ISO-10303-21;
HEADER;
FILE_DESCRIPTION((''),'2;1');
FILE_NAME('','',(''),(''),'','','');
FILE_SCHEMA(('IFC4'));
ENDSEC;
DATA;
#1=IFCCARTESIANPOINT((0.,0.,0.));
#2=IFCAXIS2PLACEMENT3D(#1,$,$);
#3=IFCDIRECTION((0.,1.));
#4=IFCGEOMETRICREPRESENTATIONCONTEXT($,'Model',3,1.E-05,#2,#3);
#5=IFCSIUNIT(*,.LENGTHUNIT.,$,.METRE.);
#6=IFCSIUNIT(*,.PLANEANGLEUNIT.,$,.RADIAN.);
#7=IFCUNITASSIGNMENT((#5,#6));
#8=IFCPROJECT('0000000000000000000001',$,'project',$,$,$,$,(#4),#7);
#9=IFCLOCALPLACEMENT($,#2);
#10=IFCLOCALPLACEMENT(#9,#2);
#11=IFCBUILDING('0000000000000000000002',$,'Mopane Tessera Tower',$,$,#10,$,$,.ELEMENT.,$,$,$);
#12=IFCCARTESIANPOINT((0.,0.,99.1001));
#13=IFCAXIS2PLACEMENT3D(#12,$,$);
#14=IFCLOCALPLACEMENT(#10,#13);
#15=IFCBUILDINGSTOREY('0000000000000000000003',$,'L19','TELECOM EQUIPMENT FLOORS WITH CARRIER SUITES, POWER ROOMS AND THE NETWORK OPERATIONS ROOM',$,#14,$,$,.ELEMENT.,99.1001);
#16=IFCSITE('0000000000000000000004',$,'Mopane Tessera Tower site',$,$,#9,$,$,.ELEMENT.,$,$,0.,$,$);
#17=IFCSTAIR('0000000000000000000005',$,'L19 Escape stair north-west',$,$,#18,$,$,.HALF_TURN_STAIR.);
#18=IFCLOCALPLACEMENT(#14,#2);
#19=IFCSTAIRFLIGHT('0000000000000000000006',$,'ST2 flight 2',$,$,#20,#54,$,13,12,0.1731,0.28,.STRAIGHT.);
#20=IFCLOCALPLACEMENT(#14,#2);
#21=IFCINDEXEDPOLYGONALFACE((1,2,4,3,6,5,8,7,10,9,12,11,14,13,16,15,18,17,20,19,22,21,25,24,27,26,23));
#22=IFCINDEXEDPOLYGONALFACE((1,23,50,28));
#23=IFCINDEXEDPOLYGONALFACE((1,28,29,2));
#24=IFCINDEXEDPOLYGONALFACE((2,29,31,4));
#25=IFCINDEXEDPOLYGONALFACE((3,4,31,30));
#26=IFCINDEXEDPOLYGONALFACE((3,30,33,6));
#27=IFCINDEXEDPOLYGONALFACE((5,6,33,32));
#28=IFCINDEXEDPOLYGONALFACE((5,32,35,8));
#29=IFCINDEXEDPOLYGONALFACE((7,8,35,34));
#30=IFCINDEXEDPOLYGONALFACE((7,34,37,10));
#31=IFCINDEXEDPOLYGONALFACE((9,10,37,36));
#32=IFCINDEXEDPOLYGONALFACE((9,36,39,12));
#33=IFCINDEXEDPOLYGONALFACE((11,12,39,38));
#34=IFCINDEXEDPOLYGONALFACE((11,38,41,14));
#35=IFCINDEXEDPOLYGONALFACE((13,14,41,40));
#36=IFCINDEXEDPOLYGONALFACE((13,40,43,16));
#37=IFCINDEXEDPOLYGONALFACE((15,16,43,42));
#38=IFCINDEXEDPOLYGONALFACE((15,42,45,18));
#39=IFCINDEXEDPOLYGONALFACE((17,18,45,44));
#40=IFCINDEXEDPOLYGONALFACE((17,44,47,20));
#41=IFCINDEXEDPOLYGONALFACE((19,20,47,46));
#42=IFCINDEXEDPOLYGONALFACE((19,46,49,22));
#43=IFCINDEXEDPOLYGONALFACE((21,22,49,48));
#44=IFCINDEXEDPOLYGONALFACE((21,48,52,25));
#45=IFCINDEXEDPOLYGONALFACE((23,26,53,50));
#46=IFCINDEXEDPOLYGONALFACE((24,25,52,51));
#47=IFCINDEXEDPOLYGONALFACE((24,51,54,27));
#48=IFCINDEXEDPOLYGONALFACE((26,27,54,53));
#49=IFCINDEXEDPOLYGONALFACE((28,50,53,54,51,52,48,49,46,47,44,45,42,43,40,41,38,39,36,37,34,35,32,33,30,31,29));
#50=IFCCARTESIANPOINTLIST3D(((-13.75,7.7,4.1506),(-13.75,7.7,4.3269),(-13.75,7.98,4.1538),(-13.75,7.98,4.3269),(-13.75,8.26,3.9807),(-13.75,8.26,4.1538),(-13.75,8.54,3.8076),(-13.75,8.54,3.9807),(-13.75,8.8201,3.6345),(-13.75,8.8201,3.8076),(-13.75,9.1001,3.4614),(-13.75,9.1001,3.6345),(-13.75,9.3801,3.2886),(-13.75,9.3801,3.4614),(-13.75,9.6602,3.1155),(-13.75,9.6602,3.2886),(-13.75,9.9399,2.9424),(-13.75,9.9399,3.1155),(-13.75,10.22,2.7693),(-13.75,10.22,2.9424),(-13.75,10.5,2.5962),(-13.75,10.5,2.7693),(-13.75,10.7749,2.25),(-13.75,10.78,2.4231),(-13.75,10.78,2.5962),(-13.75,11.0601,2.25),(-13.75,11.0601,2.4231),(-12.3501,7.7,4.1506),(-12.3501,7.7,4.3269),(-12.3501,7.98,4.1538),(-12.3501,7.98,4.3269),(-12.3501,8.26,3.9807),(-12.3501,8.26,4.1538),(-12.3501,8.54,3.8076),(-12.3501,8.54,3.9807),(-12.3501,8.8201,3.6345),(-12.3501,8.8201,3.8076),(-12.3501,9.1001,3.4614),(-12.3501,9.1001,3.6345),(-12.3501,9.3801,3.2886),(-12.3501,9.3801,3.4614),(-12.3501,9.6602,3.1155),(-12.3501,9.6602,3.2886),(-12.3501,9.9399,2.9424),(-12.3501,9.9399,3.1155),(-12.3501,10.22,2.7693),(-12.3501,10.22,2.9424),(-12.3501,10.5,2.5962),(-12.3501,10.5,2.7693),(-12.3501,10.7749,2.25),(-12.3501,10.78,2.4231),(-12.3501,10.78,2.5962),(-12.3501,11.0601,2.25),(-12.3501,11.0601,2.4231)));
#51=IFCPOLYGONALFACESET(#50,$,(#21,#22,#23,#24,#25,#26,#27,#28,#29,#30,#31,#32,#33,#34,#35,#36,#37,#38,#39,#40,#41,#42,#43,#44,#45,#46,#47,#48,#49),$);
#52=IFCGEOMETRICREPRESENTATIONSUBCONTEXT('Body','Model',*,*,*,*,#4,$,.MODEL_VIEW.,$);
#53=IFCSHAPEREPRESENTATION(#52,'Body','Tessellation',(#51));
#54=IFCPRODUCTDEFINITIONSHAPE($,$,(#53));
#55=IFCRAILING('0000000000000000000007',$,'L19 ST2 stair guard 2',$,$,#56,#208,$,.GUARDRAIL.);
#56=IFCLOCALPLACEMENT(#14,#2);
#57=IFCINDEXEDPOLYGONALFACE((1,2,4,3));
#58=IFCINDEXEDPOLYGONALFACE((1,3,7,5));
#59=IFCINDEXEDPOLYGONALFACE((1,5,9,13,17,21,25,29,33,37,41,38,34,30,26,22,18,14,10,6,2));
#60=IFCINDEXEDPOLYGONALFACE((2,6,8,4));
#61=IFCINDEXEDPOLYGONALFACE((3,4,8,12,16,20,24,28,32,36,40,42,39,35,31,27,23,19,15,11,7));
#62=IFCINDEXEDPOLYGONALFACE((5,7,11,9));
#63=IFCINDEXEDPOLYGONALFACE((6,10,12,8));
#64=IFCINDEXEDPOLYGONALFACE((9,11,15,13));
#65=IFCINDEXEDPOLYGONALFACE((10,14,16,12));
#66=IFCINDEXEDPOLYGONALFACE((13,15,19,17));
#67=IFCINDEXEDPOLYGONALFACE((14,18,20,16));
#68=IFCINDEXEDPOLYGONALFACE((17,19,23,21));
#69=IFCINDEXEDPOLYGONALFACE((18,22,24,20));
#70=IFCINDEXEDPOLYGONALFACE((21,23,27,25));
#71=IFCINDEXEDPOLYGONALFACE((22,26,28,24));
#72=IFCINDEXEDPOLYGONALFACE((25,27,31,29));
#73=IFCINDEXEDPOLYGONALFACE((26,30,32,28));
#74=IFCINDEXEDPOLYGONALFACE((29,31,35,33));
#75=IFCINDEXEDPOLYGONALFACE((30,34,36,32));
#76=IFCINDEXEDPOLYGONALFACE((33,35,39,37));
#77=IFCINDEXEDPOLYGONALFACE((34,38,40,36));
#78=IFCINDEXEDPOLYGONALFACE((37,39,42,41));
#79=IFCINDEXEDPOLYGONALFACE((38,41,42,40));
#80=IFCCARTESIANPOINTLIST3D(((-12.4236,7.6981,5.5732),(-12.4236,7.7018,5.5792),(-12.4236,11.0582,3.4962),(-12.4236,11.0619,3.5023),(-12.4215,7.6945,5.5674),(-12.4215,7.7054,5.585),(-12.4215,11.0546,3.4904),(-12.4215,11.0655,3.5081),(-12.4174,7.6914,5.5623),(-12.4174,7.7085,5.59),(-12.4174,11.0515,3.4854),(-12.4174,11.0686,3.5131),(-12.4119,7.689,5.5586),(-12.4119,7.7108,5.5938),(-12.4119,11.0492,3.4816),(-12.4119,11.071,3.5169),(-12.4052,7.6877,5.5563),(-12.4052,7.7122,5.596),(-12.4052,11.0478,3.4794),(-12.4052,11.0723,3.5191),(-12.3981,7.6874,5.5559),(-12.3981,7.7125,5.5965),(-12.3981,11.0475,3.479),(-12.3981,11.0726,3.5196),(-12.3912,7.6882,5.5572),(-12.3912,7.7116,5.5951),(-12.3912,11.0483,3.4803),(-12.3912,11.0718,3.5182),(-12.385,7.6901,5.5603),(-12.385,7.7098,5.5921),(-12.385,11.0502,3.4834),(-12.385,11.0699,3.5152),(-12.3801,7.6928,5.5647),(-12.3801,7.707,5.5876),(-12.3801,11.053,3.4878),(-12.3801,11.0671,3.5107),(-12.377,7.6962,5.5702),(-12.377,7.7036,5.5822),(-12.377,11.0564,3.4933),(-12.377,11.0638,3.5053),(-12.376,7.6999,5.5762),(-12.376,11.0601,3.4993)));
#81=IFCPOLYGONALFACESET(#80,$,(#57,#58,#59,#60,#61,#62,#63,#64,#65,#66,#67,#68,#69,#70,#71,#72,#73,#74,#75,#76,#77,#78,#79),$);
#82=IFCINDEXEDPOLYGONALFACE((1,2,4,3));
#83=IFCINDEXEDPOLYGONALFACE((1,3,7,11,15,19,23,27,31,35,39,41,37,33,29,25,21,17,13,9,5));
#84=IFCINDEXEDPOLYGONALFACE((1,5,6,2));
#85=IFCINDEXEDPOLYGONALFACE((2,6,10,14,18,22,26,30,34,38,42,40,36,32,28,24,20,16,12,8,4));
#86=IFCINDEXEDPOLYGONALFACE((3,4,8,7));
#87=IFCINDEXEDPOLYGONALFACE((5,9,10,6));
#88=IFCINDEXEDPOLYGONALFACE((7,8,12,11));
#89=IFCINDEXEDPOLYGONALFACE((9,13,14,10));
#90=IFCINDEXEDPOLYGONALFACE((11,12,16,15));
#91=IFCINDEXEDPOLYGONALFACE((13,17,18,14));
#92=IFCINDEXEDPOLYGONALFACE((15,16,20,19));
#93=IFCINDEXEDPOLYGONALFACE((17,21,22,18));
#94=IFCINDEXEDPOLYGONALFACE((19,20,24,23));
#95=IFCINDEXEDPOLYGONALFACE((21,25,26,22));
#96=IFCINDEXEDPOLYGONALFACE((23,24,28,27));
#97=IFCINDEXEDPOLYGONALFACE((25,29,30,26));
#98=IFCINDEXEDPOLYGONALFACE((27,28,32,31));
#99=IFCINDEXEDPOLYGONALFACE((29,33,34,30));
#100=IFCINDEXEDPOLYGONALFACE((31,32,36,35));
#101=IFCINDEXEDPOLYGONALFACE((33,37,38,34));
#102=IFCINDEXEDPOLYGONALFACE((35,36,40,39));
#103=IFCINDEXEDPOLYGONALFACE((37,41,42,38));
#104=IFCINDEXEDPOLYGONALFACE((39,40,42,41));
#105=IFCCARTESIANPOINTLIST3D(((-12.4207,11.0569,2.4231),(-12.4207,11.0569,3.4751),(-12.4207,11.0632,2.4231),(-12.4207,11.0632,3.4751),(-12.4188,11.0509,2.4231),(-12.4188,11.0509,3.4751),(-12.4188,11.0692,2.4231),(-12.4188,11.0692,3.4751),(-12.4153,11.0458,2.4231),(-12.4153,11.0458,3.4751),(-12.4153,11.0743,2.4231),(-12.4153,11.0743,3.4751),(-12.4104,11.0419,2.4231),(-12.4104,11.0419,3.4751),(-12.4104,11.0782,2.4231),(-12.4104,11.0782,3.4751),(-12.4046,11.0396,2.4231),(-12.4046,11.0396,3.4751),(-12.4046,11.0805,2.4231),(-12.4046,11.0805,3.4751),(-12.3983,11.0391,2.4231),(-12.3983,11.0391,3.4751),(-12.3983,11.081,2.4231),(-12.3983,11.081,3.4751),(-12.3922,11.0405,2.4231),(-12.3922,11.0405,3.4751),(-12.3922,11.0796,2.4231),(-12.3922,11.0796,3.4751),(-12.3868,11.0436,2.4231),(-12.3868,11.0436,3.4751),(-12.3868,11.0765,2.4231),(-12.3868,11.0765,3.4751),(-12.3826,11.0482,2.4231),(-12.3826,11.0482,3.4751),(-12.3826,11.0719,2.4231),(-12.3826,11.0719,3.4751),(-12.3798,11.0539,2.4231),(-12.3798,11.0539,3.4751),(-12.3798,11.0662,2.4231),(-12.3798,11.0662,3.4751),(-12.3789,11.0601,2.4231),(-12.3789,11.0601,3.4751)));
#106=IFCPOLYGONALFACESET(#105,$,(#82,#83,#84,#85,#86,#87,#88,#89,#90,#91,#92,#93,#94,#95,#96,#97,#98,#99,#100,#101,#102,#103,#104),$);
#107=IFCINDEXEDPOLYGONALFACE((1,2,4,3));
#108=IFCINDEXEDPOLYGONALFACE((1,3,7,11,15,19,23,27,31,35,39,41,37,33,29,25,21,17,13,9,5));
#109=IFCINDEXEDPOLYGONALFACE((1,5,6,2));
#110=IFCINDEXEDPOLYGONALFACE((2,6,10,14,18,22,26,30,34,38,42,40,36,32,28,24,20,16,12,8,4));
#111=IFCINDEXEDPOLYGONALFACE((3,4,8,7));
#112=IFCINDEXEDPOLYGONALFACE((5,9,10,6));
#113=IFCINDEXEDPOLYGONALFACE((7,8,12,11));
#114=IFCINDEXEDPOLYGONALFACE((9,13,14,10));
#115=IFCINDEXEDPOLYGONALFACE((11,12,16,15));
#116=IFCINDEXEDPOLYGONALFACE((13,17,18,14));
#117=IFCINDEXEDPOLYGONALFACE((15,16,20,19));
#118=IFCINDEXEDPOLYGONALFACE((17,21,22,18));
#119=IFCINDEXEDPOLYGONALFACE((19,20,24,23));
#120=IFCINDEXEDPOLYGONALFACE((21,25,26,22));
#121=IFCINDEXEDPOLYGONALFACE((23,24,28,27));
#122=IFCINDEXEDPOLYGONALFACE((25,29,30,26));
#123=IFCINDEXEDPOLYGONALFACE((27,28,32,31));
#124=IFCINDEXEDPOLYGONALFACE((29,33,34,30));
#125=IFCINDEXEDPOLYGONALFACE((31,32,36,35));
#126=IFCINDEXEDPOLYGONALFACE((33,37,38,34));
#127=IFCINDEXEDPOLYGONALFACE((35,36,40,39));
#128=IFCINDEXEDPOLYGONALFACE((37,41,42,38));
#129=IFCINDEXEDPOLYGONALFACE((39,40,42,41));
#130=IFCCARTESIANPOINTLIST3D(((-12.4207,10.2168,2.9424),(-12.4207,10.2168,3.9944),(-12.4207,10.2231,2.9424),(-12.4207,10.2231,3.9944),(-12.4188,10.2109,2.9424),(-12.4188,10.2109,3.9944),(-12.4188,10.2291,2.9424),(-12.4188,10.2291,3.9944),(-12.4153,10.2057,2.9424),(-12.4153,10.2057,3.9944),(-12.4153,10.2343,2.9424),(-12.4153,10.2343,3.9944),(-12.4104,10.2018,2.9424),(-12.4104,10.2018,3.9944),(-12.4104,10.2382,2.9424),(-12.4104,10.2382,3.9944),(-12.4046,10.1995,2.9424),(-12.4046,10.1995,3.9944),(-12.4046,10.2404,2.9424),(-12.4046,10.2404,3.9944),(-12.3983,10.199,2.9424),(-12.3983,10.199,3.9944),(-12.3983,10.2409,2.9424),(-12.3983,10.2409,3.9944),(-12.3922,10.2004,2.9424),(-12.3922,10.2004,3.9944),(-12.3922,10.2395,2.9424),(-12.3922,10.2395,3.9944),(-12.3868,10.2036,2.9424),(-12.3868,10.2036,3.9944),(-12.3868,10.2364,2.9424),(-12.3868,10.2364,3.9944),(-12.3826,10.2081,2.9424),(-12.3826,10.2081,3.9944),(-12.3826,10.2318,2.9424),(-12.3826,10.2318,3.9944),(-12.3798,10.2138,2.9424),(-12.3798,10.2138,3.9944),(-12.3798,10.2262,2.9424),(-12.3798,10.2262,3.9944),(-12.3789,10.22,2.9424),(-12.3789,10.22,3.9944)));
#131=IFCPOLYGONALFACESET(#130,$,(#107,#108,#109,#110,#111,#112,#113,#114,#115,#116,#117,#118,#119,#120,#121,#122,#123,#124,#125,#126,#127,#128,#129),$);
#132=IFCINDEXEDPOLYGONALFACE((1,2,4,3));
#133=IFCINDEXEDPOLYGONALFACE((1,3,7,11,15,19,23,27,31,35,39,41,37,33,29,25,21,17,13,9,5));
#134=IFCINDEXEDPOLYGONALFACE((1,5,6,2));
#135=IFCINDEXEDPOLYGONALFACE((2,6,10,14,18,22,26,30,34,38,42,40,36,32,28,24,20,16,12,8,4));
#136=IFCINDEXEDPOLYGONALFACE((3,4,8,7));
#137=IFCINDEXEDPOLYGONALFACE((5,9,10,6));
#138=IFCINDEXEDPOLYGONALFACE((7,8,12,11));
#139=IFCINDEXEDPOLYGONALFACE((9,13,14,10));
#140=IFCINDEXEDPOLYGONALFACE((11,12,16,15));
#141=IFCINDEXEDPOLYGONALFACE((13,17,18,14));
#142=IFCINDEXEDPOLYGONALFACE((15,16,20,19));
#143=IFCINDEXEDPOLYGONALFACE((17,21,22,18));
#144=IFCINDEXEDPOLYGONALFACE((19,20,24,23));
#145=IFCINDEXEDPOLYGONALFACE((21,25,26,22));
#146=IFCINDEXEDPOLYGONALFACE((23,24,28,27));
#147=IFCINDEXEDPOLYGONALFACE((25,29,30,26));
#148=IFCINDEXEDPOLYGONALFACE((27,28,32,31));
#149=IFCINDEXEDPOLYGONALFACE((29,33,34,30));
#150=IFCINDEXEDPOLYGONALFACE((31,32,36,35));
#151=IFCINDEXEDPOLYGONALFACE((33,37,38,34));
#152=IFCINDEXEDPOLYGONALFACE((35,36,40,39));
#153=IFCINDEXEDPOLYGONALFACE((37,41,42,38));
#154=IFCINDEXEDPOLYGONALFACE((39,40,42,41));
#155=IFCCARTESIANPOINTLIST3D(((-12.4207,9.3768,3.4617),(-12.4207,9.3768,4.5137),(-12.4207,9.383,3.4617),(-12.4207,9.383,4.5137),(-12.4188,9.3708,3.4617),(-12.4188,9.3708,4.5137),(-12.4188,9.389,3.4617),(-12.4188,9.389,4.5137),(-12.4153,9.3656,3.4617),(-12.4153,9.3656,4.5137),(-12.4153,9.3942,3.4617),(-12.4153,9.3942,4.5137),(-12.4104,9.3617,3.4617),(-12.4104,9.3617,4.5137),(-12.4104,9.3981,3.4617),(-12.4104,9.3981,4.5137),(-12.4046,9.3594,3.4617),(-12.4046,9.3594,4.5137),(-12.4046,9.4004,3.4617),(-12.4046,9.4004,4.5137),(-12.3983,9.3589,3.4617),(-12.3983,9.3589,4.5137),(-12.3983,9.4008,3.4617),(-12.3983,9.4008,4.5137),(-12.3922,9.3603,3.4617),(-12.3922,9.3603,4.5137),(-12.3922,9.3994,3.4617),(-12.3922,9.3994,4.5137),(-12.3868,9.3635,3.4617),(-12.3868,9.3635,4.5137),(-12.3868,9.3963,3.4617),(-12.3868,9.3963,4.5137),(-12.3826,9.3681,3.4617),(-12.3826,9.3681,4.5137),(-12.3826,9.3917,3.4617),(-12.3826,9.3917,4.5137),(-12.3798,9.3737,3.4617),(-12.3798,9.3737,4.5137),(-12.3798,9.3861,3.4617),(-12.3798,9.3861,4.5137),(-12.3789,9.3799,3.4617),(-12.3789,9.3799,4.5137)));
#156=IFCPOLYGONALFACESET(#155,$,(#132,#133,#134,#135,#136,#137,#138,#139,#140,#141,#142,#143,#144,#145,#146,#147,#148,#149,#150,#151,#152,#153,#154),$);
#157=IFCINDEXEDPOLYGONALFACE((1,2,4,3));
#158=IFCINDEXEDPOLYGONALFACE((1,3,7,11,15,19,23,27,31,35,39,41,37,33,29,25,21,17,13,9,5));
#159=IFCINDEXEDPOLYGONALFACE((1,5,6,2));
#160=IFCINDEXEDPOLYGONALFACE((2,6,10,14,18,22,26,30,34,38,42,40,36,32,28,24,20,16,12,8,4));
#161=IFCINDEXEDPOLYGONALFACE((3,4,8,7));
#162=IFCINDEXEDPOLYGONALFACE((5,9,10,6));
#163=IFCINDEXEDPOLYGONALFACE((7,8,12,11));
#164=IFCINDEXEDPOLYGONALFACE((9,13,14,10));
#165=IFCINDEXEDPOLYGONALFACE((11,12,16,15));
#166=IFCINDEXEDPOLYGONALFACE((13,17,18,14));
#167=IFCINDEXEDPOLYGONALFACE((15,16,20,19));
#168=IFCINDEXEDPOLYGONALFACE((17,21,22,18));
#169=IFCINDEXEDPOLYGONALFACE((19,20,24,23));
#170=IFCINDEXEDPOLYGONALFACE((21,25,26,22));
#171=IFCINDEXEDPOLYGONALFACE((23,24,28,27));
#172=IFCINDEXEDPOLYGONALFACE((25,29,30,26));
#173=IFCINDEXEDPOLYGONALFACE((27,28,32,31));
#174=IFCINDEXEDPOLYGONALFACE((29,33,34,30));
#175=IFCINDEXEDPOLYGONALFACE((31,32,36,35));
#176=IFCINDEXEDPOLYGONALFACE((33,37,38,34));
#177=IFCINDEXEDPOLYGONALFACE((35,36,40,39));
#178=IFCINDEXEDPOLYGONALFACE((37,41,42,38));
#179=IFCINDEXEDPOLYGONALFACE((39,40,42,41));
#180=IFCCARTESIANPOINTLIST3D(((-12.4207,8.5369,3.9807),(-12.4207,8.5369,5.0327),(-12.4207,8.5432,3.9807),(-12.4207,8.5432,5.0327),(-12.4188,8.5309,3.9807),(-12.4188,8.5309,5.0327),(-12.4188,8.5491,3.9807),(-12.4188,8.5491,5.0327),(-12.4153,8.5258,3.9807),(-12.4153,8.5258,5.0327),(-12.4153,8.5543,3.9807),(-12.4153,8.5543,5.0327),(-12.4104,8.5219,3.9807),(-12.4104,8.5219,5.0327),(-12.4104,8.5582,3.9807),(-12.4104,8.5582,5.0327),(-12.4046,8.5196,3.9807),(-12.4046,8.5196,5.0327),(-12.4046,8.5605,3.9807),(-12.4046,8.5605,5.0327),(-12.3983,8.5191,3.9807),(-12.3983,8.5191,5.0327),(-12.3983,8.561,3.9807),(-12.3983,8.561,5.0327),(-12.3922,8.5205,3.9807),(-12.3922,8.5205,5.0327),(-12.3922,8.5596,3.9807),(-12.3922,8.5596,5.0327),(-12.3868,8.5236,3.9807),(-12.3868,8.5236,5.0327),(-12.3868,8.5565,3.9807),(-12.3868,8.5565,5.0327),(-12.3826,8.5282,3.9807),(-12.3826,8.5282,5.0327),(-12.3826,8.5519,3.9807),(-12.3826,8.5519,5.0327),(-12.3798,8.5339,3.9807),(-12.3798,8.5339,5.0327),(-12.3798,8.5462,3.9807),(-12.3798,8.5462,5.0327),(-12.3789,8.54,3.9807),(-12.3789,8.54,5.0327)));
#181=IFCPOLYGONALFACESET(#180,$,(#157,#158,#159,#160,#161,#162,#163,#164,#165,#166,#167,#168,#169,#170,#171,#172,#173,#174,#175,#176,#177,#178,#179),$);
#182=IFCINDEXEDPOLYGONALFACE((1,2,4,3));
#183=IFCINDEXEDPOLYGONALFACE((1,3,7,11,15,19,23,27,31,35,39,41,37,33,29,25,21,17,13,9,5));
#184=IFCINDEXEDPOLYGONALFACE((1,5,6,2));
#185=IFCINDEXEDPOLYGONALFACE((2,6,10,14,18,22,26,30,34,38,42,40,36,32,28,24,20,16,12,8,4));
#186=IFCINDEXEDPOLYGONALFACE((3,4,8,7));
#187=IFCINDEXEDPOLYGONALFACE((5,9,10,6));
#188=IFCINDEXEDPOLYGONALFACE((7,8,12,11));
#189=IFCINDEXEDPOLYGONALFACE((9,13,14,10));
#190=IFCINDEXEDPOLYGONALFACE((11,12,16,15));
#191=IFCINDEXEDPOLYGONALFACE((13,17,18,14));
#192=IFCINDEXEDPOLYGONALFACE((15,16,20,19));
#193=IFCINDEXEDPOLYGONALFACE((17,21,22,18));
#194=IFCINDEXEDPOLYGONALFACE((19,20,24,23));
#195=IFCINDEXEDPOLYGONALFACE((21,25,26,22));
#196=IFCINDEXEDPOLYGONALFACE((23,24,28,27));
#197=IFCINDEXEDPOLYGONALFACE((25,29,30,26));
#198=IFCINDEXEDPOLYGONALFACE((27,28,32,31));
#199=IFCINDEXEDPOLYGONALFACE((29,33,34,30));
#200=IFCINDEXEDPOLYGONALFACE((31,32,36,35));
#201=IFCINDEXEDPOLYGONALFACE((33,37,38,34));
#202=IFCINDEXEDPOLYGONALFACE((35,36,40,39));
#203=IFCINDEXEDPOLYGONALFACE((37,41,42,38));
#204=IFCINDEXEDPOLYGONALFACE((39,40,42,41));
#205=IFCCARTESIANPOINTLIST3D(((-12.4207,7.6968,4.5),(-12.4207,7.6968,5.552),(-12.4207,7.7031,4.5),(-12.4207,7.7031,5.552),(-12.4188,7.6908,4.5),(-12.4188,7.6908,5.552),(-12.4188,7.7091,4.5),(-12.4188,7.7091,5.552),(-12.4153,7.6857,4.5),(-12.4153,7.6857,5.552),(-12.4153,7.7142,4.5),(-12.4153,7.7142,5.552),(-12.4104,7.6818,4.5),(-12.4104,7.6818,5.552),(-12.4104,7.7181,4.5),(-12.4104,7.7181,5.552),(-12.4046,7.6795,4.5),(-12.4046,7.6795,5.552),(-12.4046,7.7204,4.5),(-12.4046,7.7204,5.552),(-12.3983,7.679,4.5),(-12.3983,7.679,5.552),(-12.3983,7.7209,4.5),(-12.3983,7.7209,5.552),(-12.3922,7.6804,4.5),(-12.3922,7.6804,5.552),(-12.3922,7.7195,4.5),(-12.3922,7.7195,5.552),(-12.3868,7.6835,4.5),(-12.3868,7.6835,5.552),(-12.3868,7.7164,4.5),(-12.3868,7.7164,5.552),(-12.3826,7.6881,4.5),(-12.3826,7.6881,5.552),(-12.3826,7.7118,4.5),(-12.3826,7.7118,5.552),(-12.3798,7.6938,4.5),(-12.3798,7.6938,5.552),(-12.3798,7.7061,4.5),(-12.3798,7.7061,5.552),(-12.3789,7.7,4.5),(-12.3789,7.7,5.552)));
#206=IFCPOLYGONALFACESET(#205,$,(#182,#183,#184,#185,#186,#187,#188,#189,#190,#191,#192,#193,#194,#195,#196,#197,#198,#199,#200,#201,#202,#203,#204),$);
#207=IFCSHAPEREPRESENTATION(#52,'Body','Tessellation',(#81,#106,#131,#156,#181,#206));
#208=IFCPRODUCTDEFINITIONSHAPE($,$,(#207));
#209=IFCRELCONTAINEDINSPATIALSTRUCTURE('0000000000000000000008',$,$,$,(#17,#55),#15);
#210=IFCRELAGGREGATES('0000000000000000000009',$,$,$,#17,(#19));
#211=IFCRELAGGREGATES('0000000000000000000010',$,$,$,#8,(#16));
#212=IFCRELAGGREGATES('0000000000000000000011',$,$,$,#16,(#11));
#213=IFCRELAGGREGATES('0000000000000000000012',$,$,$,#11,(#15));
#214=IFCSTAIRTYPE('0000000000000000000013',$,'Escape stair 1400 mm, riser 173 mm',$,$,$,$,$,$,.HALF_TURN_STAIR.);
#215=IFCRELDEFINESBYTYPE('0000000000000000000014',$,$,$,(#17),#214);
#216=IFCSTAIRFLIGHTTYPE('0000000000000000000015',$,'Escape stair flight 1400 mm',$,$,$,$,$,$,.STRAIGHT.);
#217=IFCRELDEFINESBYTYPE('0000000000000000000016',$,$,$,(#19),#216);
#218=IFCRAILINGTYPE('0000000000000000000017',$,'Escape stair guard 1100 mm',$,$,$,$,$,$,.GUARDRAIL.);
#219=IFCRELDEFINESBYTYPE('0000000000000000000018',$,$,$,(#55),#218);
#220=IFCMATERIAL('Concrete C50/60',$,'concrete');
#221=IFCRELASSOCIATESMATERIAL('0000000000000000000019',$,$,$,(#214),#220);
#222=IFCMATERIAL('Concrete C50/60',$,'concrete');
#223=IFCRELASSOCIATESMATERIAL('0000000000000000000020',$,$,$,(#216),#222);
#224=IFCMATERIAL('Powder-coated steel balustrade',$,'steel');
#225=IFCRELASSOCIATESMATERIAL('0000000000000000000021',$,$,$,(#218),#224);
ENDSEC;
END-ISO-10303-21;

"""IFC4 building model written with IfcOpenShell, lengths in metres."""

from ifc_helpers import new_model, si_unit, direction, frame, origin, origin_2d, place, context, subcontext, project, spatial, polyline, circle, outline, extrude, material, type_object, element, aggregate, save


model = new_model("IFC4")

# Units and contexts
model_context = context("Model", 3, precision=1e-05, world=origin(), true_north=direction((0.0, 1.0)))
body_context = subcontext(model_context, "Body", "Model", "MODEL_VIEW")
ifc_project = project(units=[si_unit("LENGTHUNIT", "METRE"), si_unit("PLANEANGLEUNIT", "RADIAN")], contexts=[model_context])

# Site, building, storey
site_placement = place(None, origin())
site = spatial("IfcSite", under=ifc_project, at=site_placement, Name="Mopane Tessera Tower site", CompositionType="ELEMENT", RefElevation=0.0)
building_placement = place(site_placement, origin())
building = spatial("IfcBuilding", under=site, at=building_placement, Name="Mopane Tessera Tower", CompositionType="ELEMENT")
storey_placement = place(building_placement, frame((0.0, 0.0, 99.1001)))
storey = spatial("IfcBuildingStorey", under=building, at=storey_placement, Name="L19", Description="TELECOM EQUIPMENT FLOORS WITH CARRIER SUITES, POWER ROOMS AND THE NETWORK OPERATIONS ROOM", CompositionType="ELEMENT", Elevation=99.1001)

# Stair, stair flight
ifc_material_1 = material(Name="Concrete C50/60", Category="concrete")
stair_type = type_object("IfcStairType", Name="Escape stair 1400 mm, riser 173 mm", PredefinedType="HALF_TURN_STAIR", material=ifc_material_1)
stair_placement = place(storey_placement, origin())
stair = element("IfcStair", 1, at=stair_placement, inside=storey, type_object=stair_type, Name="L19 Escape stair north-west", PredefinedType="HALF_TURN_STAIR")
ifc_material_2 = material(Name="Concrete C50/60", Category="concrete")
stair_flight_type = type_object("IfcStairFlightType", Name="Escape stair flight 1400 mm", PredefinedType="STRAIGHT", material=ifc_material_2)
stair_flight_placement = place(storey_placement, frame((-13.05, 11.0601, 2.25), z_axis=(0.0, 0.0, 1.0), x_axis=(0.0, -1.0, 0.0)))
stair_flight = element("IfcStairFlight", 2, at=stair_flight_placement, type_object=stair_flight_type, Name="ST2 flight 2", NumberOfRisers=13, NumberOfTreads=12, PredefinedType="STRAIGHT", RiserHeight=0.1731, TreadLength=0.28, context=body_context, shape_type="SweptSolid", body=[
    extrude(outline(polyline([(0.0, 0.0), (0.0, 0.1731), (0.28, 0.1731), (0.28, 0.3462), (0.5601, 0.3462), (0.5601, 0.5193), (0.8401, 0.5193), (0.8401, 0.6924), (1.1201, 0.6924), (1.1201, 0.8655), (1.3999, 0.8655), (1.3999, 1.0386), (1.6799, 1.0386), (1.6799, 1.2114), (1.96, 1.2114), (1.96, 1.3845), (2.24, 1.3845), (2.24, 1.5576), (2.52, 1.5576), (2.52, 1.7307), (2.8, 1.7307), (2.8, 1.9038), (3.0801, 1.9038), (3.0801, 2.0769), (3.3601, 2.0769), (3.3601, 2.25), (3.3601, 1.9006), (0.2852, 0.0), (0.0, 0.0)])), frame((0.0, 0.7, 0.0), z_axis=(0.0, -1.0, 0.0), x_axis=(1.0, 0.0, 0.0)), (0.0, 0.0, 1.0), 1.3999),
])
aggregate(stair, [stair_flight])

# Railing
ifc_material_3 = material(Name="Powder-coated steel balustrade", Category="steel")
railing_type = type_object("IfcRailingType", Name="Escape stair guard 1100 mm", PredefinedType="GUARDRAIL", material=ifc_material_3)
railing_placement = place(storey_placement, frame((-12.3999, 11.0601, 2.4231)))
element("IfcRailing", 3, at=railing_placement, inside=storey, type_object=railing_type, Name="L19 ST2 stair guard 2", PredefinedType="GUARDRAIL", context=body_context, shape_type="SweptSolid", body=[
    extrude(circle(Radius=0.0239, at=origin_2d()), frame((0.0, 0.0, 1.0762), z_axis=(0.0, -0.850623, 0.525776), x_axis=(1.0, 0.0, 0.0)), (0.0, 0.0, 1.0), 3.9502),
    extrude(circle(Radius=0.021, at=origin_2d()), origin(), (0.0, 0.0, 1.0), 1.052),
    extrude(circle(Radius=0.021, at=origin_2d()), frame((0.0, -0.8401, 0.5193)), (0.0, 0.0, 1.0), 1.052),
    extrude(circle(Radius=0.021, at=origin_2d()), frame((0.0, -1.6802, 1.0386)), (0.0, 0.0, 1.0), 1.052),
    extrude(circle(Radius=0.021, at=origin_2d()), frame((0.0, -2.52, 1.5576)), (0.0, 0.0, 1.0), 1.052),
    extrude(circle(Radius=0.021, at=origin_2d()), frame((0.0, -3.3601, 2.0769)), (0.0, 0.0, 1.0), 1.052),
])

save(model, "model.ifc")
